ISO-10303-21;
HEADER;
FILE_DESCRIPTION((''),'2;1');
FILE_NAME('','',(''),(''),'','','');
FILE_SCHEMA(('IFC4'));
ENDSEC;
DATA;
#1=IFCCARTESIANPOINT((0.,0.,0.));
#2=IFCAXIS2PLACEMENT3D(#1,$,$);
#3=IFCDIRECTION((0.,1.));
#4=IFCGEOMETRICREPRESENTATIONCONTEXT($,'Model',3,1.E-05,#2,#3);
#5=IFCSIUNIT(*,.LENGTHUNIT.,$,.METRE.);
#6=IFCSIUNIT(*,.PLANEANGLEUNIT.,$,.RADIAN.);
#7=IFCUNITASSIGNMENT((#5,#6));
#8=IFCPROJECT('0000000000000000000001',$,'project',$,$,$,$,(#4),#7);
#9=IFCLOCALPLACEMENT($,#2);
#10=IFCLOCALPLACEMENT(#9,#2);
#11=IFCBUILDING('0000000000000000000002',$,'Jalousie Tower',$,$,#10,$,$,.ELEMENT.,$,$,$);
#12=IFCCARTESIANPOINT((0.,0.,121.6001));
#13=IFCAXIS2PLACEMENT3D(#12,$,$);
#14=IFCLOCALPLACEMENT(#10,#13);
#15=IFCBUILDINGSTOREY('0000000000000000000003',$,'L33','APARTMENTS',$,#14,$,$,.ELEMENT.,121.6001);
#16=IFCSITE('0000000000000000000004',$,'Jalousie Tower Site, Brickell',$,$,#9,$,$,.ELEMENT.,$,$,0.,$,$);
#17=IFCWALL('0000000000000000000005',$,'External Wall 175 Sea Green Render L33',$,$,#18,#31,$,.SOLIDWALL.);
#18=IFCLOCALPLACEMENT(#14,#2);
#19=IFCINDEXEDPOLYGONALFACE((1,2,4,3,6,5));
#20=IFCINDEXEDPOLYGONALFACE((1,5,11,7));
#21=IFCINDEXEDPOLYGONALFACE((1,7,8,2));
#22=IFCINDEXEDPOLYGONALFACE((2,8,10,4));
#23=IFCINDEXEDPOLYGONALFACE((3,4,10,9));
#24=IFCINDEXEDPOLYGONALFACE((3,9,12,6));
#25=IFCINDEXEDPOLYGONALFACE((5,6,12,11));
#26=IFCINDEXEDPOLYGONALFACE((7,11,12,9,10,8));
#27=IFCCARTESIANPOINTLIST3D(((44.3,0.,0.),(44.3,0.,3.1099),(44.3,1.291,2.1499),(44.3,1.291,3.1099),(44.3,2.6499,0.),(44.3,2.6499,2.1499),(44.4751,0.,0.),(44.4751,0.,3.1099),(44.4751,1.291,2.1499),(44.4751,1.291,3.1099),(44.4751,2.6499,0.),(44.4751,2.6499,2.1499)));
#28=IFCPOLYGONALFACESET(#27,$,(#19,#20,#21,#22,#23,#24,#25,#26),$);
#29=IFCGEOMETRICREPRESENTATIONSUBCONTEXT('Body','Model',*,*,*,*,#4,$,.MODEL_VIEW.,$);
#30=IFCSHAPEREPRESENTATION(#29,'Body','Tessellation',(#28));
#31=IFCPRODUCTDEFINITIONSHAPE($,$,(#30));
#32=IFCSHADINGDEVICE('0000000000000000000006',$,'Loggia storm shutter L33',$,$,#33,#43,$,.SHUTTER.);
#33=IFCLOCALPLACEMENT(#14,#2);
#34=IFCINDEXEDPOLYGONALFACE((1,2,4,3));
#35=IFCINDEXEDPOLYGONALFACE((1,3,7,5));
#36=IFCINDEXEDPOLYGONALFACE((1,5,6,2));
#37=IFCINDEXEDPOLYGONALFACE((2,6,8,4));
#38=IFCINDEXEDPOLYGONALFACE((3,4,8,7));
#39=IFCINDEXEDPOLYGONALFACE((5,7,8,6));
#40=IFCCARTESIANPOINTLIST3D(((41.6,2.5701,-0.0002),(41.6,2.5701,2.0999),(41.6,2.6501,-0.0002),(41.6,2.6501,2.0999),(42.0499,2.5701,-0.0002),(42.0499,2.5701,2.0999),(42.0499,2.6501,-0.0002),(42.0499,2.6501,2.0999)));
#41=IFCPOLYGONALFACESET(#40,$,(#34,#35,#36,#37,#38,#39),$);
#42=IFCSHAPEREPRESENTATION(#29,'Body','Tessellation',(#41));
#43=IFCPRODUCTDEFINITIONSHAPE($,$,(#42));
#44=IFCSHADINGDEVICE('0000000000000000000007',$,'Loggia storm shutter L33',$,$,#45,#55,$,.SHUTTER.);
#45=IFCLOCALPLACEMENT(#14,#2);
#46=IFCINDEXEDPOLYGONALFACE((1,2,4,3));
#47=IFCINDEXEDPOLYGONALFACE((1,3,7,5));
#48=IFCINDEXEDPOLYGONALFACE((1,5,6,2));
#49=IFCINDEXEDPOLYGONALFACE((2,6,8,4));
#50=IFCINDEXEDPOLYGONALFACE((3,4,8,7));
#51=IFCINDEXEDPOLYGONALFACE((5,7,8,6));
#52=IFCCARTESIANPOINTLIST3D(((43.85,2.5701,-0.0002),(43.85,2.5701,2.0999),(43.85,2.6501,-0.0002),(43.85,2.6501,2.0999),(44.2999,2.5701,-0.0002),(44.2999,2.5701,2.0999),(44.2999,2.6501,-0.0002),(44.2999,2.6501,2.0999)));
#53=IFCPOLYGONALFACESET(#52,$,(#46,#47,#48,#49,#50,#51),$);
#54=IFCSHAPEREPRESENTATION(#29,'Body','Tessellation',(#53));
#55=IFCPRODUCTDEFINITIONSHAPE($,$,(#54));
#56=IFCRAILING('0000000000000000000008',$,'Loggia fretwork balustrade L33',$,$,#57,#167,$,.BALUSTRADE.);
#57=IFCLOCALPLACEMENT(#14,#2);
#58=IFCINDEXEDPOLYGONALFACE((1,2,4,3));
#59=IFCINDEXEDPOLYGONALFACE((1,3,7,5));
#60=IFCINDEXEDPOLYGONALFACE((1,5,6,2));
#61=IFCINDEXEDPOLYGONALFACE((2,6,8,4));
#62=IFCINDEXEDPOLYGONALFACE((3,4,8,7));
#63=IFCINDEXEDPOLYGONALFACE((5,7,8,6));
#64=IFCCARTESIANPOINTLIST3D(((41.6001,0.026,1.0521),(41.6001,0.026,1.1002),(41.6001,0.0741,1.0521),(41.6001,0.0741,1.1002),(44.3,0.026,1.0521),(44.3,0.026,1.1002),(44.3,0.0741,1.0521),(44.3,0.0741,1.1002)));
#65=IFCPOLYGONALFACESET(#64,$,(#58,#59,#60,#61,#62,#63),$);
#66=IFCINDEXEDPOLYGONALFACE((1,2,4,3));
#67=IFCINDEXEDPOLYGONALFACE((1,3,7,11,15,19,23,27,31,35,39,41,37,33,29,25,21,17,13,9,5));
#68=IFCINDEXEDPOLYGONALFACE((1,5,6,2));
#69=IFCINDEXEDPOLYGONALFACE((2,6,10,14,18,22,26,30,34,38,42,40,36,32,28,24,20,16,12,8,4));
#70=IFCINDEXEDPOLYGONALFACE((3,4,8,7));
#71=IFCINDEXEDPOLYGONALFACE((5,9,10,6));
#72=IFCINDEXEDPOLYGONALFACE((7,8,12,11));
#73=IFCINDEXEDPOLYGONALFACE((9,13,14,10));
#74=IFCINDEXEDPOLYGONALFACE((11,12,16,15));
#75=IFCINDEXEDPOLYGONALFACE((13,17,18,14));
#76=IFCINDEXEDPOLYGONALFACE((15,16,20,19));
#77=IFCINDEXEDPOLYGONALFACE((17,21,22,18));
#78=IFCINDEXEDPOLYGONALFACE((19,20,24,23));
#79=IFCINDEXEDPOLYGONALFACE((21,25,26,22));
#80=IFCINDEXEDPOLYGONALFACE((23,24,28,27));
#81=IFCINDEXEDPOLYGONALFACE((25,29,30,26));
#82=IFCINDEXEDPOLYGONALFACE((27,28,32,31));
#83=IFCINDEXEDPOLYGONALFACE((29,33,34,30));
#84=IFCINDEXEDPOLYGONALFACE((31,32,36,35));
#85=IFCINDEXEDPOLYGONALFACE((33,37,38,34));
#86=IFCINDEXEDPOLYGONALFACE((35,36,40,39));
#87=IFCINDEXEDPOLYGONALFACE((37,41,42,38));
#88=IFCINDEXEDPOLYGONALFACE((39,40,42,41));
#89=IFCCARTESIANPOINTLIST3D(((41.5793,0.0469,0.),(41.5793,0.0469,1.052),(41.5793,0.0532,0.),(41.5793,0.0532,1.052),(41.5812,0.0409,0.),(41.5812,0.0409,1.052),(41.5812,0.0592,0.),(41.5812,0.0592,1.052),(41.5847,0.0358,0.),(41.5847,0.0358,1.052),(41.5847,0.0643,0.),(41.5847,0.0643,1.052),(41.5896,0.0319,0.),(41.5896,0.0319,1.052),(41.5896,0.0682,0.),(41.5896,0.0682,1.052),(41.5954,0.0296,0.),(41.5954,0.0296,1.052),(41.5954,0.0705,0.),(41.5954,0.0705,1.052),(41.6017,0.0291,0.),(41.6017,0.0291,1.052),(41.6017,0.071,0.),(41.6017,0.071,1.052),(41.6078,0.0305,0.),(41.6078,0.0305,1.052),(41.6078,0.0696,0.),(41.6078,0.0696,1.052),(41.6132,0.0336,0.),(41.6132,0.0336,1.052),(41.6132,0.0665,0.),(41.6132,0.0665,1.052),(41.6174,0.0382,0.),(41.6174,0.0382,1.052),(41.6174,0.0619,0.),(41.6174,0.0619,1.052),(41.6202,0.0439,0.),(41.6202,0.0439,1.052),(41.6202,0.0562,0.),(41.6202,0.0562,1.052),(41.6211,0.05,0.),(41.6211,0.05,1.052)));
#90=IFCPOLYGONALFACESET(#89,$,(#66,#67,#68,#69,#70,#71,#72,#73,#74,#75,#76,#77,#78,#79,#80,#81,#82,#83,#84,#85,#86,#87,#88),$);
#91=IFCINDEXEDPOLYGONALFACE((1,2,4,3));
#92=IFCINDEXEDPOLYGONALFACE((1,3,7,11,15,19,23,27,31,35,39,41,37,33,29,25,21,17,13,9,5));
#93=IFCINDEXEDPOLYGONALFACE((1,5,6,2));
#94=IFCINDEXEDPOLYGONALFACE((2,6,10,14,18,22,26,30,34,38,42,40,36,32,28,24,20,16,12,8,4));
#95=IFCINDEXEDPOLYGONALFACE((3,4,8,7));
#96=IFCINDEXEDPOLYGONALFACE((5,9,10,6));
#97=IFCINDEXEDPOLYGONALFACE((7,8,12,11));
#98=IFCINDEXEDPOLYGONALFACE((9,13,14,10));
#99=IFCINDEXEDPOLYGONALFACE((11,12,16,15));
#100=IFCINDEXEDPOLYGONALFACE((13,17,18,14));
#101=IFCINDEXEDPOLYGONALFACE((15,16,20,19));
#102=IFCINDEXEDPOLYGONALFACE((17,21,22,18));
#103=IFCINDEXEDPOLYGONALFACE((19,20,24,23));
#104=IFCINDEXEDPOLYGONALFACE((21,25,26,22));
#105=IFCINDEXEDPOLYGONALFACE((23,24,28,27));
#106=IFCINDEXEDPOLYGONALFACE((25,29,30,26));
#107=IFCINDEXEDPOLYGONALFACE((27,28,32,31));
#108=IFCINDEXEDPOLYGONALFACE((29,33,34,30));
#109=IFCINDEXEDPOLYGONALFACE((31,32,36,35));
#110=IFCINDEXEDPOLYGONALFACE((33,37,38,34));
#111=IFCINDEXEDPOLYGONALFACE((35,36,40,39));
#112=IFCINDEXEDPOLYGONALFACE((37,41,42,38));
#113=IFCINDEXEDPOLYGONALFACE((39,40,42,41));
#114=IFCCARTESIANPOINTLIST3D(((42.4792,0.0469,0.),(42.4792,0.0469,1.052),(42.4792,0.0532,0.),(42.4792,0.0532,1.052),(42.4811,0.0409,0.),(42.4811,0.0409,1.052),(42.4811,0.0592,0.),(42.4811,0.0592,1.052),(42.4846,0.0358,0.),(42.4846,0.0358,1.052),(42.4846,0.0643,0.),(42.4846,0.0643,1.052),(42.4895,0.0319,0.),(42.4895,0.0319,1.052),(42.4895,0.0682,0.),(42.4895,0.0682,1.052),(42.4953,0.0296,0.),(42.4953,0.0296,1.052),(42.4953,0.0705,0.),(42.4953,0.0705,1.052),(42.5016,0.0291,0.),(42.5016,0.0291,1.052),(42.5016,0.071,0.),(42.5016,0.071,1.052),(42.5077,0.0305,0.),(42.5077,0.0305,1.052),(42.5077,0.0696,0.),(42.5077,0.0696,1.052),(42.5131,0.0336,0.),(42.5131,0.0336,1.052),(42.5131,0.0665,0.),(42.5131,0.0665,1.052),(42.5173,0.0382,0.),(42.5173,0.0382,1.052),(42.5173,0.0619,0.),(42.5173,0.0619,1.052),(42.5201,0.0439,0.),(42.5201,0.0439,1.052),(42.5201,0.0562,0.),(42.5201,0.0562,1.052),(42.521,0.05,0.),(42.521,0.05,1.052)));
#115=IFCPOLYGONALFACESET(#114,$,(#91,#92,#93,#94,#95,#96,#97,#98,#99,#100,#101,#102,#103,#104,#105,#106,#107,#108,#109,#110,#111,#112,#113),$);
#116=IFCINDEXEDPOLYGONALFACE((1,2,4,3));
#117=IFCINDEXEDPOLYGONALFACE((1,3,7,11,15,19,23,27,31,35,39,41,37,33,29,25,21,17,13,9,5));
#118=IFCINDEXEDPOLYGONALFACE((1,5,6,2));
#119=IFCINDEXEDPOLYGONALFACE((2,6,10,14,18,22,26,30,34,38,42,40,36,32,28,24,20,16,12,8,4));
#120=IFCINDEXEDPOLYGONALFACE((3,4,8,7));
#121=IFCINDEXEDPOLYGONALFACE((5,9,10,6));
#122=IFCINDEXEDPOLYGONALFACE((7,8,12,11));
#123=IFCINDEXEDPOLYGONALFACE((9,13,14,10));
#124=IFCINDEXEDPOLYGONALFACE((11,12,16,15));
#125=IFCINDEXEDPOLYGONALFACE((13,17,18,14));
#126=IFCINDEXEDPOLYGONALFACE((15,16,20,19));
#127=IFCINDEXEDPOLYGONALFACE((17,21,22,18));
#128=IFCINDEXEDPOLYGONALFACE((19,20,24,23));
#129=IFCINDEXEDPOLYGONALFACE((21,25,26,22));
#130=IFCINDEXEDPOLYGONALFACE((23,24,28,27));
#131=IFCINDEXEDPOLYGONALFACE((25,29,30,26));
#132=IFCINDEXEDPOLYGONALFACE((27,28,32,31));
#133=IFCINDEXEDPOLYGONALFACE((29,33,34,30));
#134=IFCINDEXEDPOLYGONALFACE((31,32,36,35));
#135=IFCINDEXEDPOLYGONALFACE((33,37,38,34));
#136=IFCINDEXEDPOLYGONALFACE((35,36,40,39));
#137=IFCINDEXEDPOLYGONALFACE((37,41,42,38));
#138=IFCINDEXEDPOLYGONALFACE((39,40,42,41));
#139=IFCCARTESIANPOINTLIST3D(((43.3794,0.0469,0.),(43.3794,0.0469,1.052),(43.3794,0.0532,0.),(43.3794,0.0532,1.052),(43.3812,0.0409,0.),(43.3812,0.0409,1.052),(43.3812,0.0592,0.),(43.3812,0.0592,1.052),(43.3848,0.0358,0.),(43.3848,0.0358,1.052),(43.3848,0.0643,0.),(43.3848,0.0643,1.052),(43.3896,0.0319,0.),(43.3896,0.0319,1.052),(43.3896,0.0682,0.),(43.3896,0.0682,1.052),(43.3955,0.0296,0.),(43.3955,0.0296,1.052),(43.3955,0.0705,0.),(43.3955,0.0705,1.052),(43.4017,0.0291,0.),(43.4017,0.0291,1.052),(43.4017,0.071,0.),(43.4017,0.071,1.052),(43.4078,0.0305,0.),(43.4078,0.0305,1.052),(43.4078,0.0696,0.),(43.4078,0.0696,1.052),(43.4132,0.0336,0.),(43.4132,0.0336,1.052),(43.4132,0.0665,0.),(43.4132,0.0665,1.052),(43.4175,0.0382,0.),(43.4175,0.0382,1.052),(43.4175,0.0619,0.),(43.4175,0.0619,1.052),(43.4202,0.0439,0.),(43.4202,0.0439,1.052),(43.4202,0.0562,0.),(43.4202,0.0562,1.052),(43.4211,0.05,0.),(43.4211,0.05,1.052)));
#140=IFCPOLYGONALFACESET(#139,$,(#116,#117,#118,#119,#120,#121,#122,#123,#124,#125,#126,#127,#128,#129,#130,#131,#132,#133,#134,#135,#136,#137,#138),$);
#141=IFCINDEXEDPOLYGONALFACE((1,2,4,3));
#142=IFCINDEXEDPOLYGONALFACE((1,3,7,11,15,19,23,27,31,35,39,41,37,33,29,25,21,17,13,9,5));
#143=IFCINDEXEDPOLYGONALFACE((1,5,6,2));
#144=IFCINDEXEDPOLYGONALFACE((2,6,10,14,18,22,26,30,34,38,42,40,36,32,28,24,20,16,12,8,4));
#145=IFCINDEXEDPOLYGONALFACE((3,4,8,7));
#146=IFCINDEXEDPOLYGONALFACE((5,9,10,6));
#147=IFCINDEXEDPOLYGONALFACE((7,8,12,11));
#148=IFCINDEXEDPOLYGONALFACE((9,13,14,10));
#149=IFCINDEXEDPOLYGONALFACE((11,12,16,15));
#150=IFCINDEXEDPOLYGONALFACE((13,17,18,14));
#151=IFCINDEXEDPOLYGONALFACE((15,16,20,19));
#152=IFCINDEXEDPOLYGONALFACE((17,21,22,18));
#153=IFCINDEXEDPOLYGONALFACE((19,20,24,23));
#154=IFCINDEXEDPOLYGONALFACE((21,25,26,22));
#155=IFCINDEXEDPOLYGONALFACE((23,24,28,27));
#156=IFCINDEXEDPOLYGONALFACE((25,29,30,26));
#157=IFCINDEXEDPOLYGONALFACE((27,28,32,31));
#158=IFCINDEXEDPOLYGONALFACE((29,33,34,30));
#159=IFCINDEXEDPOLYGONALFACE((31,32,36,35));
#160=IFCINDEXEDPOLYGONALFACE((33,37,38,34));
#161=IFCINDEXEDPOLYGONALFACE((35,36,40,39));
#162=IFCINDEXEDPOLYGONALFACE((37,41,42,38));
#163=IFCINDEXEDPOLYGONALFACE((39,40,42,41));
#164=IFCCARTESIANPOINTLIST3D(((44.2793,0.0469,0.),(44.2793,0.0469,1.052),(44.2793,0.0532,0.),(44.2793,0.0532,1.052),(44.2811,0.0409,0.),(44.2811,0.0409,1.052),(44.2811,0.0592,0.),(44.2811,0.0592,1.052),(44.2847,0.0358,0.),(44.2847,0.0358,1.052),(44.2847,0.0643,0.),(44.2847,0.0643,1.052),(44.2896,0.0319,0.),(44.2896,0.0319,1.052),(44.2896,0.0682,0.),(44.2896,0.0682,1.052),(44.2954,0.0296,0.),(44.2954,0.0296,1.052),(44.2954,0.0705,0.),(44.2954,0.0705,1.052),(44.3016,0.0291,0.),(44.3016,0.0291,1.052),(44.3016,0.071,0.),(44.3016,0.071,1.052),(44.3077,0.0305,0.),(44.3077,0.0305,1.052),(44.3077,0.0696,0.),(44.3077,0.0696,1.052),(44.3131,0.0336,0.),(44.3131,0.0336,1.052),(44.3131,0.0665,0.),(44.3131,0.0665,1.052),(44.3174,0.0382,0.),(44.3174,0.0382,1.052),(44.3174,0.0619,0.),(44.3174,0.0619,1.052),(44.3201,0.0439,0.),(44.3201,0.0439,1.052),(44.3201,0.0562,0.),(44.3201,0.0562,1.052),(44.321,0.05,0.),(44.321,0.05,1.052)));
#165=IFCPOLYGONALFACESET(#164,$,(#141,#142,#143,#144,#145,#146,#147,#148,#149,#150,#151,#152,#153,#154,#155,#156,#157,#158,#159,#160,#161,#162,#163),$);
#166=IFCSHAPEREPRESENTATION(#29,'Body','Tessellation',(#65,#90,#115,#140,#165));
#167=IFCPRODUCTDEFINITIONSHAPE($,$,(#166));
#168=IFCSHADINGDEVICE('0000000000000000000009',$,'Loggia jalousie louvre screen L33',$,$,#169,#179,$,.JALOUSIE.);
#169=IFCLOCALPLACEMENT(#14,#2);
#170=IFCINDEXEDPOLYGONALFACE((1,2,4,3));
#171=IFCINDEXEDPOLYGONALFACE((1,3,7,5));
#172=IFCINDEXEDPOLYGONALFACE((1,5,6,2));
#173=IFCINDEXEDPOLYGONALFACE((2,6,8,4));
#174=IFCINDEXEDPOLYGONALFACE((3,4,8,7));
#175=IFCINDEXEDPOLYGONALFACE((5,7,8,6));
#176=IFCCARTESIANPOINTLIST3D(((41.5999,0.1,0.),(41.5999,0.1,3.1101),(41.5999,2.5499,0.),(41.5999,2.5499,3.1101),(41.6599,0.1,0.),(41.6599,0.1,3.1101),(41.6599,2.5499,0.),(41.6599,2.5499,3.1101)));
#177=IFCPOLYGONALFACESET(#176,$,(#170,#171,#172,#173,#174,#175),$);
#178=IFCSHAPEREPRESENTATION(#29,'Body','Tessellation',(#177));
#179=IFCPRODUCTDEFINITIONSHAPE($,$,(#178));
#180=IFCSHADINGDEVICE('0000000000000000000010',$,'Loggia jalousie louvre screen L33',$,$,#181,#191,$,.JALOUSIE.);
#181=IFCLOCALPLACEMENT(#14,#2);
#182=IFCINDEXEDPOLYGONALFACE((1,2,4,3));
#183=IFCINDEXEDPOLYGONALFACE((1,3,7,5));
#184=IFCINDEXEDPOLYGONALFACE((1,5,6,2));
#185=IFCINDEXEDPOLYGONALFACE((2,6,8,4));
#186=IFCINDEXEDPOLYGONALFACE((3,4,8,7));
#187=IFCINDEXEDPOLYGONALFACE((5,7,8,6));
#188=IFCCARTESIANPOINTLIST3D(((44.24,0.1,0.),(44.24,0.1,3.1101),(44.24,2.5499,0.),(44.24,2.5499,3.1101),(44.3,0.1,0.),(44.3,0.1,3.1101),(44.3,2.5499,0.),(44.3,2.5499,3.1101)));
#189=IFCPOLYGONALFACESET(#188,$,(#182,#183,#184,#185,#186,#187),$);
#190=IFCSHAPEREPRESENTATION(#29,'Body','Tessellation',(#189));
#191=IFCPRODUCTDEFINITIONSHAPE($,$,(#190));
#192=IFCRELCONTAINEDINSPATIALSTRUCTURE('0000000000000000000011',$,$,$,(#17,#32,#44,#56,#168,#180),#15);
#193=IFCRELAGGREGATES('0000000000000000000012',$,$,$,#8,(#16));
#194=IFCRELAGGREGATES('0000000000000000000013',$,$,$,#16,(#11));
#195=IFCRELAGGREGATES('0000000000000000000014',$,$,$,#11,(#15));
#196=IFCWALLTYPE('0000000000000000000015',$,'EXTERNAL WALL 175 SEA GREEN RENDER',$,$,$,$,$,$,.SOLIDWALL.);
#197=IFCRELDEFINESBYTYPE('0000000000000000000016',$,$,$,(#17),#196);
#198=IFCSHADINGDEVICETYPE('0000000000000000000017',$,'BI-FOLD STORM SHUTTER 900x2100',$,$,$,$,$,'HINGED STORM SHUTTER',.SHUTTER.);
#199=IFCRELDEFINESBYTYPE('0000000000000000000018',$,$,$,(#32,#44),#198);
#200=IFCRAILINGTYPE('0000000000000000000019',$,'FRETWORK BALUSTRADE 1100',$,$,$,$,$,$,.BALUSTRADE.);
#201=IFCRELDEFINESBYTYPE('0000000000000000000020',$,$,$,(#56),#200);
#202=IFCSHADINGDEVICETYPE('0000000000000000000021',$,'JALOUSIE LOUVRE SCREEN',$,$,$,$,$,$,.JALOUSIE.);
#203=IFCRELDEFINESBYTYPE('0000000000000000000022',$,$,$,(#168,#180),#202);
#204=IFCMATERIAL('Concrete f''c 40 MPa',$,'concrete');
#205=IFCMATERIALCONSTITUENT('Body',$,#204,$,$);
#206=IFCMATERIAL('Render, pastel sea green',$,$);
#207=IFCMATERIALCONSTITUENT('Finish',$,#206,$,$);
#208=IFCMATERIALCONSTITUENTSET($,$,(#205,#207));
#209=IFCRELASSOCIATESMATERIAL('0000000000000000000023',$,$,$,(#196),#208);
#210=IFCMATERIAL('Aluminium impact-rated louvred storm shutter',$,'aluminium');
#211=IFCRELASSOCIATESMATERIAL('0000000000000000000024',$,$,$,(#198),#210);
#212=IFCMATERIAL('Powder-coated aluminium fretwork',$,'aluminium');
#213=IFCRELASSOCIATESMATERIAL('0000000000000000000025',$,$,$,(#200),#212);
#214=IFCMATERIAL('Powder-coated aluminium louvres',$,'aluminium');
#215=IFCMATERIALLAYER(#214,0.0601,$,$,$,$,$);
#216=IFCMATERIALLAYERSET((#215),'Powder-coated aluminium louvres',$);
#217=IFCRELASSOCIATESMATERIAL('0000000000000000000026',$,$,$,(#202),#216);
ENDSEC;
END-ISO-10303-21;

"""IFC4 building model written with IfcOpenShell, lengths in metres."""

from ifc_helpers import new_model, si_unit, direction, frame, origin, origin_2d, place, context, subcontext, project, spatial, polyline, rectangle, circle, outline, extrude, material, layer, layer_set, constituent, constituent_set, type_object, element, save


model = new_model("IFC4")

# Units and contexts
model_context = context("Model", 3, precision=1e-05, world=origin(), true_north=direction((0.0, 1.0)))
body_context = subcontext(model_context, "Body", "Model", "MODEL_VIEW")
ifc_project = project(units=[si_unit("LENGTHUNIT", "METRE"), si_unit("PLANEANGLEUNIT", "RADIAN")], contexts=[model_context])

# Site, building, storey
site_placement = place(None, origin())
site = spatial("IfcSite", under=ifc_project, at=site_placement, Name="Jalousie Tower Site, Brickell", CompositionType="ELEMENT", RefElevation=0.0)
building_placement = place(site_placement, origin())
building = spatial("IfcBuilding", under=site, at=building_placement, Name="Jalousie Tower", CompositionType="ELEMENT")
storey_placement = place(building_placement, frame((0.0, 0.0, 121.6001)))
storey = spatial("IfcBuildingStorey", under=building, at=storey_placement, Name="L33", Description="APARTMENTS", CompositionType="ELEMENT", Elevation=121.6001)

# Shared definitions
ifc_material_1 = material(Name="Concrete f'c 40 MPa", Category="concrete")
ifc_constituent_1 = constituent(ifc_material_1, Name="Body")
ifc_material_2 = material(Name="Render, pastel sea green")
ifc_constituent_2 = constituent(ifc_material_2, Name="Finish")
ifc_constituent_set = constituent_set(constituents=[ifc_constituent_1, ifc_constituent_2])
wall_type = type_object("IfcWallType", Name="EXTERNAL WALL 175 SEA GREEN RENDER", PredefinedType="SOLIDWALL", material=ifc_constituent_set)

# Wall
wall_1_placement = place(storey_placement, frame((44.3875, 0.0, 0.0), z_axis=(0.0, 0.0, 1.0), x_axis=(0.0, 1.0, 0.0)))
element("IfcWall", 1, at=wall_1_placement, inside=storey, type_object=wall_type, Name="External Wall 175 Sea Green Render L33", PredefinedType="SOLIDWALL", context=body_context, shape_type="SweptSolid", body=[
    extrude(outline(polyline([(0.0, 0.0), (2.6499, 0.0), (2.6499, 2.1499), (1.291, 2.1499), (1.291, 3.1099), (0.0, 3.1099), (0.0, 0.0)])), frame((0.0, 0.0874, 0.0), z_axis=(0.0, -1.0, 0.0), x_axis=(1.0, 0.0, 0.0)), (0.0, 0.0, 1.0), 0.175),
])

# Shading devices
ifc_material_3 = material(Name="Aluminium impact-rated louvred storm shutter", Category="aluminium")
shading_device_type_1 = type_object("IfcShadingDeviceType", Name="BI-FOLD STORM SHUTTER 900x2100", ElementType="HINGED STORM SHUTTER", PredefinedType="SHUTTER", material=ifc_material_3)
for number, where, z_axis, x_axis, name in (
    (2, (41.825, 2.6101, -0.0002), (0.0, 0.0, 1.0), (1.0, 0.0, 0.0), "Loggia storm shutter L33"),
    (3, (44.075, 2.6101, -0.0002), (0.0, 0.0, 1.0), (1.0, 0.0, 0.0), "Loggia storm shutter L33"),
):
    element("IfcShadingDevice", number, at=place(storey_placement, frame(where, z_axis=z_axis, x_axis=x_axis)), inside=storey, type_object=shading_device_type_1, Name=name, PredefinedType="SHUTTER", context=body_context, shape_type="SweptSolid", body=[
        extrude(rectangle(XDim=0.45, YDim=0.0801, at=origin_2d()), origin(), (0.0, 0.0, 1.0), 2.1001),
    ])

# Railing
ifc_material_4 = material(Name="Powder-coated aluminium fretwork", Category="aluminium")
railing_type = type_object("IfcRailingType", Name="FRETWORK BALUSTRADE 1100", PredefinedType="BALUSTRADE", material=ifc_material_4)
railing_placement = place(storey_placement, frame((41.6001, 0.05, 0.0)))
element("IfcRailing", 4, at=railing_placement, inside=storey, type_object=railing_type, Name="Loggia fretwork balustrade L33", PredefinedType="BALUSTRADE", context=body_context, shape_type="SweptSolid", body=[
    extrude(rectangle(XDim=0.0481, YDim=0.0481, at=origin_2d()), frame((0.0, 0.0, 1.0762), z_axis=(1.0, 0.0, 0.0), x_axis=(0.0, 1.0, 0.0)), (0.0, 0.0, 1.0), 2.7),
    extrude(circle(Radius=0.021, at=origin_2d()), origin(), (0.0, 0.0, 1.0), 1.052),
    extrude(circle(Radius=0.021, at=origin_2d()), frame((0.8999, 0.0, 0.0)), (0.0, 0.0, 1.0), 1.052),
    extrude(circle(Radius=0.021, at=origin_2d()), frame((1.8, 0.0, 0.0)), (0.0, 0.0, 1.0), 1.052),
    extrude(circle(Radius=0.021, at=origin_2d()), frame((2.7, 0.0, 0.0)), (0.0, 0.0, 1.0), 1.052),
])

# Shading devices
ifc_material_5 = material(Name="Powder-coated aluminium louvres", Category="aluminium")
ifc_layer_1 = layer(ifc_material_5, 0.0601)
ifc_layer_set_1 = layer_set([ifc_layer_1], Name="Powder-coated aluminium louvres")
shading_device_type_2 = type_object("IfcShadingDeviceType", Name="JALOUSIE LOUVRE SCREEN", PredefinedType="JALOUSIE", material=ifc_layer_set_1)
for number, where, z_axis, x_axis, name in (
    (5, (41.6299, 1.325, 0.0), (0.0, 0.0, 1.0), (1.0, 0.0, 0.0), "Loggia jalousie louvre screen L33"),
    (6, (44.27, 1.325, 0.0), (0.0, 0.0, 1.0), (1.0, 0.0, 0.0), "Loggia jalousie louvre screen L33"),
):
    element("IfcShadingDevice", number, at=place(storey_placement, frame(where, z_axis=z_axis, x_axis=x_axis)), inside=storey, type_object=shading_device_type_2, Name=name, PredefinedType="JALOUSIE", context=body_context, shape_type="SweptSolid", body=[
        extrude(rectangle(XDim=0.0601, YDim=2.45, at=origin_2d()), origin(), (0.0, 0.0, 1.0), 3.1101),
    ])

save(model, "model.ifc")
